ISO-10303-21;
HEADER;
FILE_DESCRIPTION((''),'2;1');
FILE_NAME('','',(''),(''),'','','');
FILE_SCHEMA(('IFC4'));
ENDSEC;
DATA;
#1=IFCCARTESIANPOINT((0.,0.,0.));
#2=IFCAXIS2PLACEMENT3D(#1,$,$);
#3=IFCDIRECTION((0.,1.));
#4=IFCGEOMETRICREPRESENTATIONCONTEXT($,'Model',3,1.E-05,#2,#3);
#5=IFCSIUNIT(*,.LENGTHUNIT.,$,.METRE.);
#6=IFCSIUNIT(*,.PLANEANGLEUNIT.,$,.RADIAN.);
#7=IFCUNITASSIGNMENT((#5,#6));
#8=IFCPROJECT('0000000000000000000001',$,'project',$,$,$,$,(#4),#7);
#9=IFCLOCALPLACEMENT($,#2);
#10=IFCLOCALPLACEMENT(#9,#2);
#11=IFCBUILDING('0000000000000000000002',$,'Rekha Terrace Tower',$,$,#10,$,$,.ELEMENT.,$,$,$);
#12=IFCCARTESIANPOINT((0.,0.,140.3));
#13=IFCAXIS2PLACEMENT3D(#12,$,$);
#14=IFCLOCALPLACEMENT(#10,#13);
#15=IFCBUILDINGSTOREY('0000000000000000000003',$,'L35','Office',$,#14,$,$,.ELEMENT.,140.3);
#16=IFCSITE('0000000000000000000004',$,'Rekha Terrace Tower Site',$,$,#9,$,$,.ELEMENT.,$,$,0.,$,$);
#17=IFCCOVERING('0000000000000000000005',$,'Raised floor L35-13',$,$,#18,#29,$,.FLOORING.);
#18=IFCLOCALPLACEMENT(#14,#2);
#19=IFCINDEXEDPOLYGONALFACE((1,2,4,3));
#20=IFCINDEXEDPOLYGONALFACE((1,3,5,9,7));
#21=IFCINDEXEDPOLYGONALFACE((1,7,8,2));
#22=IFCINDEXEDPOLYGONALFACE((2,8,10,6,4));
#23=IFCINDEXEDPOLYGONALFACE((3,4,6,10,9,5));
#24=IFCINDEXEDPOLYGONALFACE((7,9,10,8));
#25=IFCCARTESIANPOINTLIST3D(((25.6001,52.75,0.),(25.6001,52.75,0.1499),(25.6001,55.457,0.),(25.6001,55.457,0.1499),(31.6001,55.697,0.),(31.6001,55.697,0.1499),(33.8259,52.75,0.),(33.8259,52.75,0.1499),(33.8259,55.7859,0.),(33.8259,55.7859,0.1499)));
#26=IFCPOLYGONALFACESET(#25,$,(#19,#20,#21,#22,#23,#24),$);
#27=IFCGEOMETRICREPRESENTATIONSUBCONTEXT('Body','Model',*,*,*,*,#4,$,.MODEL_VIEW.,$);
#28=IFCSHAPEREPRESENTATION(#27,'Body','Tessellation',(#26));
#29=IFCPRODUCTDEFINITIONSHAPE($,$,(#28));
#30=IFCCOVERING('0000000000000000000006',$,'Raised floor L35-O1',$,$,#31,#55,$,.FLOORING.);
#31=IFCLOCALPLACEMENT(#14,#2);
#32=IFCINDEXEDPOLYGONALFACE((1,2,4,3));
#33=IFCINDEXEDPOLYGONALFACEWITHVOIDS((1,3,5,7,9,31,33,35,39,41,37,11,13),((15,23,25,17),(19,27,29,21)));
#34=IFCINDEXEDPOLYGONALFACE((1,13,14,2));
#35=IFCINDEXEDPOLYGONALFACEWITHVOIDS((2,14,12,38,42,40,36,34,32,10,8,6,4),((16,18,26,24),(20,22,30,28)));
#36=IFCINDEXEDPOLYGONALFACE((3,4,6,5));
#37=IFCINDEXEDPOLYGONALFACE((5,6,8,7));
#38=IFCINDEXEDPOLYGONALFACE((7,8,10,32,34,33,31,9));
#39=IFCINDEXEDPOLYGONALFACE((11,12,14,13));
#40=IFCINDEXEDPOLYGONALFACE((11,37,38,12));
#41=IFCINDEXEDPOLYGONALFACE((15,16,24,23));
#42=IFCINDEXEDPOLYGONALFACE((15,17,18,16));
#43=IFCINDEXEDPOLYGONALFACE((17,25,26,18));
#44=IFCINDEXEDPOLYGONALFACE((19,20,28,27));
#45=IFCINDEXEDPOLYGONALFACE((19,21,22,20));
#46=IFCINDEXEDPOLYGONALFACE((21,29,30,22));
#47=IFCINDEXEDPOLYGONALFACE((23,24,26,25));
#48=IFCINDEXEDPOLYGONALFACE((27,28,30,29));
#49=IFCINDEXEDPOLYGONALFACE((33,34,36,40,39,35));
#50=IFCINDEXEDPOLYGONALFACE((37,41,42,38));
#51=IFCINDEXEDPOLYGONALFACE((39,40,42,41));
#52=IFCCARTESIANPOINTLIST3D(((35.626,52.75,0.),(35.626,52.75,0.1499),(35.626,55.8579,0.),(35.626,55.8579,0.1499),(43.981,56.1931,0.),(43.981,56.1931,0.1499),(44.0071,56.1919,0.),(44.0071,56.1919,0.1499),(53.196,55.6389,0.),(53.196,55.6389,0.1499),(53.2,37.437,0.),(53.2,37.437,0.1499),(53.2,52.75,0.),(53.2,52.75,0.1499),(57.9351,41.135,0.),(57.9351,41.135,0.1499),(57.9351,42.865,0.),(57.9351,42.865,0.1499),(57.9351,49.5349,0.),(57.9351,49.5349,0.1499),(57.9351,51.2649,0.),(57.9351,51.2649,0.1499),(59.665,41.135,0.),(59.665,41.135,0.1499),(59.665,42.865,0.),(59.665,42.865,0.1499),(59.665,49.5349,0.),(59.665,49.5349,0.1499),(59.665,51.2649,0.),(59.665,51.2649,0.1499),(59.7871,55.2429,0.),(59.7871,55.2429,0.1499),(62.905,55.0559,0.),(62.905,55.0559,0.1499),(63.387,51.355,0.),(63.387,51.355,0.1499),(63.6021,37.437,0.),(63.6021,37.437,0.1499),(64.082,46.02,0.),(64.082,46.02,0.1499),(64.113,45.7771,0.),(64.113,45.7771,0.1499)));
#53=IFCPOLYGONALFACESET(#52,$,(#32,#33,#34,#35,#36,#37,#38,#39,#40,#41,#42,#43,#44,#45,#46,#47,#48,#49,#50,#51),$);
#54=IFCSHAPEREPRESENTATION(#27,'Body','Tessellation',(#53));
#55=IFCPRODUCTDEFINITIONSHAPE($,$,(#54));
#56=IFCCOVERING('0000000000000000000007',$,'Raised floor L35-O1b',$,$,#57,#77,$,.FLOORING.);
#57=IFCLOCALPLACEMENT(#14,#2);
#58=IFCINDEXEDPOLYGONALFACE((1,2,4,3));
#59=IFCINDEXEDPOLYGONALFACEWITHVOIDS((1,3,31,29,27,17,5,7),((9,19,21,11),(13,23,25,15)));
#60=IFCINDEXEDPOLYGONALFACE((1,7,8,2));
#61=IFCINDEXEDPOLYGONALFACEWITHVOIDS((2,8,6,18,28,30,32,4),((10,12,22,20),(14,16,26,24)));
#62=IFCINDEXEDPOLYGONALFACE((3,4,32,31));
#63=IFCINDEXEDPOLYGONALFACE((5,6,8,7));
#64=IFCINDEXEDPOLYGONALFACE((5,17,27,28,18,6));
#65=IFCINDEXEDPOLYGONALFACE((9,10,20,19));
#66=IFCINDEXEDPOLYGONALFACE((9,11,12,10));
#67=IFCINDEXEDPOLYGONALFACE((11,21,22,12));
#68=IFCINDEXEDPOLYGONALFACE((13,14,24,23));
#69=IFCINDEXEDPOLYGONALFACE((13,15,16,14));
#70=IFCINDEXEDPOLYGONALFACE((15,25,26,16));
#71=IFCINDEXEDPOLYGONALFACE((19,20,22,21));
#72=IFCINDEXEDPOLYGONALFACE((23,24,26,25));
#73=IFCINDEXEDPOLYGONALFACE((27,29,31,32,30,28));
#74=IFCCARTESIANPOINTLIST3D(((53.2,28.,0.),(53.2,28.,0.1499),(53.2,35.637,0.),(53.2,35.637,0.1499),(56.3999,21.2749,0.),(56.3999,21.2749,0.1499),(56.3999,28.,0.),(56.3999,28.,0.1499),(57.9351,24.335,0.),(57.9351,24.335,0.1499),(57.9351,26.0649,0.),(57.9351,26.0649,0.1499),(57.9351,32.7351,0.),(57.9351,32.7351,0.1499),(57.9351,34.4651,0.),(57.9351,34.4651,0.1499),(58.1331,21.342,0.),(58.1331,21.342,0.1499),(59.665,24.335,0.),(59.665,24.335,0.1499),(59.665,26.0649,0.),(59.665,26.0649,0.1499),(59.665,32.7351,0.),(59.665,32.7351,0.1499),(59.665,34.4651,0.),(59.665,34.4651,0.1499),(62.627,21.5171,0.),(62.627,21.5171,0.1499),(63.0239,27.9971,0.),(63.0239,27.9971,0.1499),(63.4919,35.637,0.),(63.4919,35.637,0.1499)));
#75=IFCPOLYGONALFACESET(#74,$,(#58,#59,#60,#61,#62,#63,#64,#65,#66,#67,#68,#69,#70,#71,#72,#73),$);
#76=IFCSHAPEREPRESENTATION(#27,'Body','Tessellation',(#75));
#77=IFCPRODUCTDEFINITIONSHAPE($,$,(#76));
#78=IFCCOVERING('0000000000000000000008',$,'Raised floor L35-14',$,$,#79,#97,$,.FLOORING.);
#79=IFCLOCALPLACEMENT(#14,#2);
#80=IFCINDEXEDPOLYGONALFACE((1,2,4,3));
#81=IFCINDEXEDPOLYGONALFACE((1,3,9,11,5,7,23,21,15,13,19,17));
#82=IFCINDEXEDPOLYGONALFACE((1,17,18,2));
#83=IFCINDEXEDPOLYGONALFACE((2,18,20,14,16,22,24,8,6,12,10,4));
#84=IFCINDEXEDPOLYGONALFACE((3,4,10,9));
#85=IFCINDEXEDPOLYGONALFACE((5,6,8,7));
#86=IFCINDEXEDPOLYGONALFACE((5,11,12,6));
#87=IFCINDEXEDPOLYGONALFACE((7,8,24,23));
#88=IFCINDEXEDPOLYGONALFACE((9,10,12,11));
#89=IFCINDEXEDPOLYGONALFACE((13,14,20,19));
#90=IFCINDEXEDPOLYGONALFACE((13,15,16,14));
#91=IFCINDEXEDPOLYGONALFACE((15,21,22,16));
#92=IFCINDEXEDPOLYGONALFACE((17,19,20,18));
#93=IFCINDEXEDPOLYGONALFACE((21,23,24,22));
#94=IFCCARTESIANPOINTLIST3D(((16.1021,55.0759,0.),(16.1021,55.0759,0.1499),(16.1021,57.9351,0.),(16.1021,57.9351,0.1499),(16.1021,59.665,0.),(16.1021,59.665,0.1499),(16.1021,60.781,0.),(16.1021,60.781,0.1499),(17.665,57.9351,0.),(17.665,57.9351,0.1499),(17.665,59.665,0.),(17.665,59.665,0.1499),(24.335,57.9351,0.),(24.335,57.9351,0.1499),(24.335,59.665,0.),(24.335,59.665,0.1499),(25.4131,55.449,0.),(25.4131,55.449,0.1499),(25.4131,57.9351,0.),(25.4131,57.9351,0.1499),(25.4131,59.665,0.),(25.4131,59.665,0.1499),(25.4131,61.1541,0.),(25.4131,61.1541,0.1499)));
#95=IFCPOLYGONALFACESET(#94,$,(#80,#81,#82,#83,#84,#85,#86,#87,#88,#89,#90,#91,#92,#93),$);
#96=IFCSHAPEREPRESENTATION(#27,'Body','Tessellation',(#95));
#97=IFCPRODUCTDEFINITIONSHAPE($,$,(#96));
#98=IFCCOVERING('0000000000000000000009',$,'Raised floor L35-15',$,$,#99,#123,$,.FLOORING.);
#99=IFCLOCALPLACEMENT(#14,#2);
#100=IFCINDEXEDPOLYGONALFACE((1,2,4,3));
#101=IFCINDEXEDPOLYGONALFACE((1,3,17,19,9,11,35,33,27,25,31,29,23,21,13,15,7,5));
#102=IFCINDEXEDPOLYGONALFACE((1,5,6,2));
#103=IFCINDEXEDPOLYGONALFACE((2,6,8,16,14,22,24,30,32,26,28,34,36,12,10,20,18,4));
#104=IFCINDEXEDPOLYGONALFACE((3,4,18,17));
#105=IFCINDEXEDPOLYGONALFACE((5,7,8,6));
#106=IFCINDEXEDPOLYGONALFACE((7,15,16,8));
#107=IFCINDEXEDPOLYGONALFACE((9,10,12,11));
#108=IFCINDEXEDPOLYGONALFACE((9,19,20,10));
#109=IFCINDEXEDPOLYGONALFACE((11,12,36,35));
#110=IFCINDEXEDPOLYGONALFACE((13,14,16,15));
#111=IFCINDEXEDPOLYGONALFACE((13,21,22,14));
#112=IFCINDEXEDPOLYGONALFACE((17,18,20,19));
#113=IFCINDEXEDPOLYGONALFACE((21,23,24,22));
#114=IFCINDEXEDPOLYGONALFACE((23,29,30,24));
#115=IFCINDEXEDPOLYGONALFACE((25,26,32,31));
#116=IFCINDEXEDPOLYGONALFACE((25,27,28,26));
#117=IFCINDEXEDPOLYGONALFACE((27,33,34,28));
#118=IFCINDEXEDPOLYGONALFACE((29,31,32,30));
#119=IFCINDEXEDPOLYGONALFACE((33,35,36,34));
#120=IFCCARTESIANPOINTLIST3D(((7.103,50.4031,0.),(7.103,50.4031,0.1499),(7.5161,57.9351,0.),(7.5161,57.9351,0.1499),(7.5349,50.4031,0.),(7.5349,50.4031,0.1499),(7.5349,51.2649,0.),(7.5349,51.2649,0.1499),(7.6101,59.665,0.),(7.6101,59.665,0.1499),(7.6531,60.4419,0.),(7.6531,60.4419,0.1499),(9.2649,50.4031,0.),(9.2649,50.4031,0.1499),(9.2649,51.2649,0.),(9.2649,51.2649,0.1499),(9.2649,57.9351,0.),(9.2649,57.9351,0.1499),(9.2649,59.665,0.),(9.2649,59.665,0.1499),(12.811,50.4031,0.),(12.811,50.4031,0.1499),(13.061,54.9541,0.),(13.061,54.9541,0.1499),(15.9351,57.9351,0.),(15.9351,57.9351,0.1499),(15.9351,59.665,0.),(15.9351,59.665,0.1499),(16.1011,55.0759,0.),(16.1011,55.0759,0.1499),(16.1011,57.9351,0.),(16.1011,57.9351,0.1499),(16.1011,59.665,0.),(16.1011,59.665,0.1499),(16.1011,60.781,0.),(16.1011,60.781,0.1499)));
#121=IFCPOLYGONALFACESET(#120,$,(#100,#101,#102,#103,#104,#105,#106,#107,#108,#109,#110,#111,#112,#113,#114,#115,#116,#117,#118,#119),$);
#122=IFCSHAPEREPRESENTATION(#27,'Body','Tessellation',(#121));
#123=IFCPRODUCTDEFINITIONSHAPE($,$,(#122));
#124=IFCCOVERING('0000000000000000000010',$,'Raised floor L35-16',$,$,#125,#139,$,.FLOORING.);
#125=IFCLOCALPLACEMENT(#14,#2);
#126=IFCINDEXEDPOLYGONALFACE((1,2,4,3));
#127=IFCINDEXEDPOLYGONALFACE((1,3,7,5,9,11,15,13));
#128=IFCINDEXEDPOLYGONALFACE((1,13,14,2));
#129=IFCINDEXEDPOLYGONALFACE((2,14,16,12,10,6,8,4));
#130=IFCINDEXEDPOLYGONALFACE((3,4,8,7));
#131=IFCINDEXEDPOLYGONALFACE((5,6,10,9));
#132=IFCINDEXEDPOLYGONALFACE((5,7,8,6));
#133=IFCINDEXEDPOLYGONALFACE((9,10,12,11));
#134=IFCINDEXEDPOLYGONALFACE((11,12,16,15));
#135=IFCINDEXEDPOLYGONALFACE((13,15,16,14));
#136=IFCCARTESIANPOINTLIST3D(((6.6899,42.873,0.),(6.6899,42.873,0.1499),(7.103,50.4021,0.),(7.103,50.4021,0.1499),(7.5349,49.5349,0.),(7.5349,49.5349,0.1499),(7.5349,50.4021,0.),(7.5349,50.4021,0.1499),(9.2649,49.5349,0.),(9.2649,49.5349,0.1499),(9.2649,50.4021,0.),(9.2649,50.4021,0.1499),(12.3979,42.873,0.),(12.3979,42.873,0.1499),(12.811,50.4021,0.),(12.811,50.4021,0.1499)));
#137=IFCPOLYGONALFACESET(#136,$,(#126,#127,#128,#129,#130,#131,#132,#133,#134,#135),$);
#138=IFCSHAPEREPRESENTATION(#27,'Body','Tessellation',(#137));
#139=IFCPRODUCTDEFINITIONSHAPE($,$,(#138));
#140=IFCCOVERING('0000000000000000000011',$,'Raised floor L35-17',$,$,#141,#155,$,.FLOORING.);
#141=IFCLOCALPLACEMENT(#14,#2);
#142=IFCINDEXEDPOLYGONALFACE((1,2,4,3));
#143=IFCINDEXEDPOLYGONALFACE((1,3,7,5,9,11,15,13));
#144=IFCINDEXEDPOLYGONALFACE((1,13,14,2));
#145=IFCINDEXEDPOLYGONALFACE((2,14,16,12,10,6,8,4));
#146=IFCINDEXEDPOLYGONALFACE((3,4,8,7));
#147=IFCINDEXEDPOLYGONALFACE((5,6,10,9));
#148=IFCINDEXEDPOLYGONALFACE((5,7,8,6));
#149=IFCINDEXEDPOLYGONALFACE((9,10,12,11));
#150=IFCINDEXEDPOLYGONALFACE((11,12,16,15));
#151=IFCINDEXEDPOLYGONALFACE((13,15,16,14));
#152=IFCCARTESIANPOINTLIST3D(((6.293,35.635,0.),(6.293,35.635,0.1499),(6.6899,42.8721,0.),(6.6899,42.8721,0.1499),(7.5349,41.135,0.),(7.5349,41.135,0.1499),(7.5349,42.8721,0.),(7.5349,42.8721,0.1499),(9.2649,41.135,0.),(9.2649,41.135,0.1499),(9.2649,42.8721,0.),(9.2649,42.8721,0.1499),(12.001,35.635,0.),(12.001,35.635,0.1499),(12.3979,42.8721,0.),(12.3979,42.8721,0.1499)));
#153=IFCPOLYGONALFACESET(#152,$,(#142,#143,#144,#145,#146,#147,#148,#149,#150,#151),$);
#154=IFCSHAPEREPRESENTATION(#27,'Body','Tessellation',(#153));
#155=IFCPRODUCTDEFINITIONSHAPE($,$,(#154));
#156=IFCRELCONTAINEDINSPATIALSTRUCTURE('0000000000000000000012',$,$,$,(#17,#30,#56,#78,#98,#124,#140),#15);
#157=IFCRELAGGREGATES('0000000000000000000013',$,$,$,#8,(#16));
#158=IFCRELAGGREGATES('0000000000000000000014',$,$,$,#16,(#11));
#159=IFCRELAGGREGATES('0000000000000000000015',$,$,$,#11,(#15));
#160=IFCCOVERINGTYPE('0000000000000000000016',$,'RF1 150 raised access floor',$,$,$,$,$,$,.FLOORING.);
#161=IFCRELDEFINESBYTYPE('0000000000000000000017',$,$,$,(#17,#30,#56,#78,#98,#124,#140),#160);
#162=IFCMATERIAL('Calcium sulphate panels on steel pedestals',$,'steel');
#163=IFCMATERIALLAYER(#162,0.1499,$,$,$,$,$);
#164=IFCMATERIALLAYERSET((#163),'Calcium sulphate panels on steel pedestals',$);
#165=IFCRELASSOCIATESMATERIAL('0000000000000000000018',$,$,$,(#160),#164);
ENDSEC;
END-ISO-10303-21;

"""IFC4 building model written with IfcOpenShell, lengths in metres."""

from ifc_helpers import new_model, si_unit, direction, frame, origin, place, context, subcontext, project, spatial, polyline, outline, extrude, material, layer, layer_set, type_object, element, save


model = new_model("IFC4")

# Units and contexts
model_context = context("Model", 3, precision=1e-05, world=origin(), true_north=direction((0.0, 1.0)))
body_context = subcontext(model_context, "Body", "Model", "MODEL_VIEW")
ifc_project = project(units=[si_unit("LENGTHUNIT", "METRE"), si_unit("PLANEANGLEUNIT", "RADIAN")], contexts=[model_context])

# Site, building, storey
site_placement = place(None, origin())
site = spatial("IfcSite", under=ifc_project, at=site_placement, Name="Rekha Terrace Tower Site", CompositionType="ELEMENT", RefElevation=0.0)
building_placement = place(site_placement, origin())
building = spatial("IfcBuilding", under=site, at=building_placement, Name="Rekha Terrace Tower", CompositionType="ELEMENT")
storey_placement = place(building_placement, frame((0.0, 0.0, 140.3)))
storey = spatial("IfcBuildingStorey", under=building, at=storey_placement, Name="L35", Description="Office", CompositionType="ELEMENT", Elevation=140.3)

# Coverings
ifc_material_1 = material(Name="Calcium sulphate panels on steel pedestals", Category="steel")
ifc_layer_1 = layer(ifc_material_1, 0.1499)
ifc_layer_set_1 = layer_set([ifc_layer_1], Name="Calcium sulphate panels on steel pedestals")
covering_type_1 = type_object("IfcCoveringType", Name="RF1 150 raised access floor", PredefinedType="FLOORING", material=ifc_layer_set_1)
covering_1_placement = place(storey_placement, origin())
element("IfcCovering", 1, at=covering_1_placement, inside=storey, type_object=covering_type_1, Name="Raised floor L35-13", PredefinedType="FLOORING", context=body_context, shape_type="SweptSolid", body=[
    extrude(outline(polyline([(33.8259, 55.7859), (31.6001, 55.697), (25.6001, 55.457), (25.6001, 52.75), (33.8259, 52.75), (33.8259, 55.7859)])), origin(), (0.0, 0.0, 1.0), 0.1499),
])
covering_2_placement = place(storey_placement, origin())
element("IfcCovering", 2, at=covering_2_placement, inside=storey, type_object=covering_type_1, Name="Raised floor L35-O1", PredefinedType="FLOORING", context=body_context, shape_type="SweptSolid", body=[
    extrude(outline(polyline([(53.196, 55.6389), (44.0071, 56.1919), (43.981, 56.1931), (35.626, 55.8579), (35.626, 52.75), (53.2, 52.75), (53.2, 37.437), (63.6021, 37.437), (64.113, 45.7771), (64.082, 46.02), (63.387, 51.355), (62.905, 55.0559), (59.7871, 55.2429), (53.196, 55.6389)]), holes=[polyline([(59.665, 41.135), (57.9351, 41.135), (57.9351, 42.865), (59.665, 42.865), (59.665, 41.135)]), polyline([(59.665, 49.5349), (57.9351, 49.5349), (57.9351, 51.2649), (59.665, 51.2649), (59.665, 49.5349)])]), origin(), (0.0, 0.0, 1.0), 0.1499),
])
covering_3_placement = place(storey_placement, origin())
element("IfcCovering", 3, at=covering_3_placement, inside=storey, type_object=covering_type_1, Name="Raised floor L35-O1b", PredefinedType="FLOORING", context=body_context, shape_type="SweptSolid", body=[
    extrude(outline(polyline([(56.3999, 21.2749), (58.1331, 21.342), (62.627, 21.5171), (63.0239, 27.9971), (63.4919, 35.637), (53.2, 35.637), (53.2, 28.0), (56.3999, 28.0), (56.3999, 21.2749)]), holes=[polyline([(59.665, 26.0649), (59.665, 24.335), (57.9351, 24.335), (57.9351, 26.0649), (59.665, 26.0649)]), polyline([(59.665, 32.7351), (57.9351, 32.7351), (57.9351, 34.4651), (59.665, 34.4651), (59.665, 32.7351)])]), origin(), (0.0, 0.0, 1.0), 0.1499),
])
covering_4_placement = place(storey_placement, origin())
element("IfcCovering", 4, at=covering_4_placement, inside=storey, type_object=covering_type_1, Name="Raised floor L35-14", PredefinedType="FLOORING", context=body_context, shape_type="SweptSolid", body=[
    extrude(outline(polyline([(16.1021, 57.9351), (16.1021, 55.0759), (25.4131, 55.449), (25.4131, 57.9351), (24.335, 57.9351), (24.335, 59.665), (25.4131, 59.665), (25.4131, 61.1541), (16.1021, 60.781), (16.1021, 59.665), (17.665, 59.665), (17.665, 57.9351), (16.1021, 57.9351)])), origin(), (0.0, 0.0, 1.0), 0.1499),
])
covering_5_placement = place(storey_placement, origin())
element("IfcCovering", 5, at=covering_5_placement, inside=storey, type_object=covering_type_1, Name="Raised floor L35-15", PredefinedType="FLOORING", context=body_context, shape_type="SweptSolid", body=[
    extrude(outline(polyline([(9.2649, 57.9351), (7.5161, 57.9351), (7.103, 50.4031), (7.5349, 50.4031), (7.5349, 51.2649), (9.2649, 51.2649), (9.2649, 50.4031), (12.811, 50.4031), (13.061, 54.9541), (16.1011, 55.0759), (16.1011, 57.9351), (15.9351, 57.9351), (15.9351, 59.665), (16.1011, 59.665), (16.1011, 60.781), (7.6531, 60.4419), (7.6101, 59.665), (9.2649, 59.665), (9.2649, 57.9351)])), origin(), (0.0, 0.0, 1.0), 0.1499),
])
covering_6_placement = place(storey_placement, origin())
element("IfcCovering", 6, at=covering_6_placement, inside=storey, type_object=covering_type_1, Name="Raised floor L35-16", PredefinedType="FLOORING", context=body_context, shape_type="SweptSolid", body=[
    extrude(outline(polyline([(6.6899, 42.873), (12.3979, 42.873), (12.811, 50.4021), (9.2649, 50.4021), (9.2649, 49.5349), (7.5349, 49.5349), (7.5349, 50.4021), (7.103, 50.4021), (6.6899, 42.873)])), origin(), (0.0, 0.0, 1.0), 0.1499),
])
covering_7_placement = place(storey_placement, origin())
element("IfcCovering", 7, at=covering_7_placement, inside=storey, type_object=covering_type_1, Name="Raised floor L35-17", PredefinedType="FLOORING", context=body_context, shape_type="SweptSolid", body=[
    extrude(outline(polyline([(9.2649, 41.135), (7.5349, 41.135), (7.5349, 42.8721), (6.6899, 42.8721), (6.293, 35.635), (12.001, 35.635), (12.3979, 42.8721), (9.2649, 42.8721), (9.2649, 41.135)])), origin(), (0.0, 0.0, 1.0), 0.1499),
])

save(model, "model.ifc")
